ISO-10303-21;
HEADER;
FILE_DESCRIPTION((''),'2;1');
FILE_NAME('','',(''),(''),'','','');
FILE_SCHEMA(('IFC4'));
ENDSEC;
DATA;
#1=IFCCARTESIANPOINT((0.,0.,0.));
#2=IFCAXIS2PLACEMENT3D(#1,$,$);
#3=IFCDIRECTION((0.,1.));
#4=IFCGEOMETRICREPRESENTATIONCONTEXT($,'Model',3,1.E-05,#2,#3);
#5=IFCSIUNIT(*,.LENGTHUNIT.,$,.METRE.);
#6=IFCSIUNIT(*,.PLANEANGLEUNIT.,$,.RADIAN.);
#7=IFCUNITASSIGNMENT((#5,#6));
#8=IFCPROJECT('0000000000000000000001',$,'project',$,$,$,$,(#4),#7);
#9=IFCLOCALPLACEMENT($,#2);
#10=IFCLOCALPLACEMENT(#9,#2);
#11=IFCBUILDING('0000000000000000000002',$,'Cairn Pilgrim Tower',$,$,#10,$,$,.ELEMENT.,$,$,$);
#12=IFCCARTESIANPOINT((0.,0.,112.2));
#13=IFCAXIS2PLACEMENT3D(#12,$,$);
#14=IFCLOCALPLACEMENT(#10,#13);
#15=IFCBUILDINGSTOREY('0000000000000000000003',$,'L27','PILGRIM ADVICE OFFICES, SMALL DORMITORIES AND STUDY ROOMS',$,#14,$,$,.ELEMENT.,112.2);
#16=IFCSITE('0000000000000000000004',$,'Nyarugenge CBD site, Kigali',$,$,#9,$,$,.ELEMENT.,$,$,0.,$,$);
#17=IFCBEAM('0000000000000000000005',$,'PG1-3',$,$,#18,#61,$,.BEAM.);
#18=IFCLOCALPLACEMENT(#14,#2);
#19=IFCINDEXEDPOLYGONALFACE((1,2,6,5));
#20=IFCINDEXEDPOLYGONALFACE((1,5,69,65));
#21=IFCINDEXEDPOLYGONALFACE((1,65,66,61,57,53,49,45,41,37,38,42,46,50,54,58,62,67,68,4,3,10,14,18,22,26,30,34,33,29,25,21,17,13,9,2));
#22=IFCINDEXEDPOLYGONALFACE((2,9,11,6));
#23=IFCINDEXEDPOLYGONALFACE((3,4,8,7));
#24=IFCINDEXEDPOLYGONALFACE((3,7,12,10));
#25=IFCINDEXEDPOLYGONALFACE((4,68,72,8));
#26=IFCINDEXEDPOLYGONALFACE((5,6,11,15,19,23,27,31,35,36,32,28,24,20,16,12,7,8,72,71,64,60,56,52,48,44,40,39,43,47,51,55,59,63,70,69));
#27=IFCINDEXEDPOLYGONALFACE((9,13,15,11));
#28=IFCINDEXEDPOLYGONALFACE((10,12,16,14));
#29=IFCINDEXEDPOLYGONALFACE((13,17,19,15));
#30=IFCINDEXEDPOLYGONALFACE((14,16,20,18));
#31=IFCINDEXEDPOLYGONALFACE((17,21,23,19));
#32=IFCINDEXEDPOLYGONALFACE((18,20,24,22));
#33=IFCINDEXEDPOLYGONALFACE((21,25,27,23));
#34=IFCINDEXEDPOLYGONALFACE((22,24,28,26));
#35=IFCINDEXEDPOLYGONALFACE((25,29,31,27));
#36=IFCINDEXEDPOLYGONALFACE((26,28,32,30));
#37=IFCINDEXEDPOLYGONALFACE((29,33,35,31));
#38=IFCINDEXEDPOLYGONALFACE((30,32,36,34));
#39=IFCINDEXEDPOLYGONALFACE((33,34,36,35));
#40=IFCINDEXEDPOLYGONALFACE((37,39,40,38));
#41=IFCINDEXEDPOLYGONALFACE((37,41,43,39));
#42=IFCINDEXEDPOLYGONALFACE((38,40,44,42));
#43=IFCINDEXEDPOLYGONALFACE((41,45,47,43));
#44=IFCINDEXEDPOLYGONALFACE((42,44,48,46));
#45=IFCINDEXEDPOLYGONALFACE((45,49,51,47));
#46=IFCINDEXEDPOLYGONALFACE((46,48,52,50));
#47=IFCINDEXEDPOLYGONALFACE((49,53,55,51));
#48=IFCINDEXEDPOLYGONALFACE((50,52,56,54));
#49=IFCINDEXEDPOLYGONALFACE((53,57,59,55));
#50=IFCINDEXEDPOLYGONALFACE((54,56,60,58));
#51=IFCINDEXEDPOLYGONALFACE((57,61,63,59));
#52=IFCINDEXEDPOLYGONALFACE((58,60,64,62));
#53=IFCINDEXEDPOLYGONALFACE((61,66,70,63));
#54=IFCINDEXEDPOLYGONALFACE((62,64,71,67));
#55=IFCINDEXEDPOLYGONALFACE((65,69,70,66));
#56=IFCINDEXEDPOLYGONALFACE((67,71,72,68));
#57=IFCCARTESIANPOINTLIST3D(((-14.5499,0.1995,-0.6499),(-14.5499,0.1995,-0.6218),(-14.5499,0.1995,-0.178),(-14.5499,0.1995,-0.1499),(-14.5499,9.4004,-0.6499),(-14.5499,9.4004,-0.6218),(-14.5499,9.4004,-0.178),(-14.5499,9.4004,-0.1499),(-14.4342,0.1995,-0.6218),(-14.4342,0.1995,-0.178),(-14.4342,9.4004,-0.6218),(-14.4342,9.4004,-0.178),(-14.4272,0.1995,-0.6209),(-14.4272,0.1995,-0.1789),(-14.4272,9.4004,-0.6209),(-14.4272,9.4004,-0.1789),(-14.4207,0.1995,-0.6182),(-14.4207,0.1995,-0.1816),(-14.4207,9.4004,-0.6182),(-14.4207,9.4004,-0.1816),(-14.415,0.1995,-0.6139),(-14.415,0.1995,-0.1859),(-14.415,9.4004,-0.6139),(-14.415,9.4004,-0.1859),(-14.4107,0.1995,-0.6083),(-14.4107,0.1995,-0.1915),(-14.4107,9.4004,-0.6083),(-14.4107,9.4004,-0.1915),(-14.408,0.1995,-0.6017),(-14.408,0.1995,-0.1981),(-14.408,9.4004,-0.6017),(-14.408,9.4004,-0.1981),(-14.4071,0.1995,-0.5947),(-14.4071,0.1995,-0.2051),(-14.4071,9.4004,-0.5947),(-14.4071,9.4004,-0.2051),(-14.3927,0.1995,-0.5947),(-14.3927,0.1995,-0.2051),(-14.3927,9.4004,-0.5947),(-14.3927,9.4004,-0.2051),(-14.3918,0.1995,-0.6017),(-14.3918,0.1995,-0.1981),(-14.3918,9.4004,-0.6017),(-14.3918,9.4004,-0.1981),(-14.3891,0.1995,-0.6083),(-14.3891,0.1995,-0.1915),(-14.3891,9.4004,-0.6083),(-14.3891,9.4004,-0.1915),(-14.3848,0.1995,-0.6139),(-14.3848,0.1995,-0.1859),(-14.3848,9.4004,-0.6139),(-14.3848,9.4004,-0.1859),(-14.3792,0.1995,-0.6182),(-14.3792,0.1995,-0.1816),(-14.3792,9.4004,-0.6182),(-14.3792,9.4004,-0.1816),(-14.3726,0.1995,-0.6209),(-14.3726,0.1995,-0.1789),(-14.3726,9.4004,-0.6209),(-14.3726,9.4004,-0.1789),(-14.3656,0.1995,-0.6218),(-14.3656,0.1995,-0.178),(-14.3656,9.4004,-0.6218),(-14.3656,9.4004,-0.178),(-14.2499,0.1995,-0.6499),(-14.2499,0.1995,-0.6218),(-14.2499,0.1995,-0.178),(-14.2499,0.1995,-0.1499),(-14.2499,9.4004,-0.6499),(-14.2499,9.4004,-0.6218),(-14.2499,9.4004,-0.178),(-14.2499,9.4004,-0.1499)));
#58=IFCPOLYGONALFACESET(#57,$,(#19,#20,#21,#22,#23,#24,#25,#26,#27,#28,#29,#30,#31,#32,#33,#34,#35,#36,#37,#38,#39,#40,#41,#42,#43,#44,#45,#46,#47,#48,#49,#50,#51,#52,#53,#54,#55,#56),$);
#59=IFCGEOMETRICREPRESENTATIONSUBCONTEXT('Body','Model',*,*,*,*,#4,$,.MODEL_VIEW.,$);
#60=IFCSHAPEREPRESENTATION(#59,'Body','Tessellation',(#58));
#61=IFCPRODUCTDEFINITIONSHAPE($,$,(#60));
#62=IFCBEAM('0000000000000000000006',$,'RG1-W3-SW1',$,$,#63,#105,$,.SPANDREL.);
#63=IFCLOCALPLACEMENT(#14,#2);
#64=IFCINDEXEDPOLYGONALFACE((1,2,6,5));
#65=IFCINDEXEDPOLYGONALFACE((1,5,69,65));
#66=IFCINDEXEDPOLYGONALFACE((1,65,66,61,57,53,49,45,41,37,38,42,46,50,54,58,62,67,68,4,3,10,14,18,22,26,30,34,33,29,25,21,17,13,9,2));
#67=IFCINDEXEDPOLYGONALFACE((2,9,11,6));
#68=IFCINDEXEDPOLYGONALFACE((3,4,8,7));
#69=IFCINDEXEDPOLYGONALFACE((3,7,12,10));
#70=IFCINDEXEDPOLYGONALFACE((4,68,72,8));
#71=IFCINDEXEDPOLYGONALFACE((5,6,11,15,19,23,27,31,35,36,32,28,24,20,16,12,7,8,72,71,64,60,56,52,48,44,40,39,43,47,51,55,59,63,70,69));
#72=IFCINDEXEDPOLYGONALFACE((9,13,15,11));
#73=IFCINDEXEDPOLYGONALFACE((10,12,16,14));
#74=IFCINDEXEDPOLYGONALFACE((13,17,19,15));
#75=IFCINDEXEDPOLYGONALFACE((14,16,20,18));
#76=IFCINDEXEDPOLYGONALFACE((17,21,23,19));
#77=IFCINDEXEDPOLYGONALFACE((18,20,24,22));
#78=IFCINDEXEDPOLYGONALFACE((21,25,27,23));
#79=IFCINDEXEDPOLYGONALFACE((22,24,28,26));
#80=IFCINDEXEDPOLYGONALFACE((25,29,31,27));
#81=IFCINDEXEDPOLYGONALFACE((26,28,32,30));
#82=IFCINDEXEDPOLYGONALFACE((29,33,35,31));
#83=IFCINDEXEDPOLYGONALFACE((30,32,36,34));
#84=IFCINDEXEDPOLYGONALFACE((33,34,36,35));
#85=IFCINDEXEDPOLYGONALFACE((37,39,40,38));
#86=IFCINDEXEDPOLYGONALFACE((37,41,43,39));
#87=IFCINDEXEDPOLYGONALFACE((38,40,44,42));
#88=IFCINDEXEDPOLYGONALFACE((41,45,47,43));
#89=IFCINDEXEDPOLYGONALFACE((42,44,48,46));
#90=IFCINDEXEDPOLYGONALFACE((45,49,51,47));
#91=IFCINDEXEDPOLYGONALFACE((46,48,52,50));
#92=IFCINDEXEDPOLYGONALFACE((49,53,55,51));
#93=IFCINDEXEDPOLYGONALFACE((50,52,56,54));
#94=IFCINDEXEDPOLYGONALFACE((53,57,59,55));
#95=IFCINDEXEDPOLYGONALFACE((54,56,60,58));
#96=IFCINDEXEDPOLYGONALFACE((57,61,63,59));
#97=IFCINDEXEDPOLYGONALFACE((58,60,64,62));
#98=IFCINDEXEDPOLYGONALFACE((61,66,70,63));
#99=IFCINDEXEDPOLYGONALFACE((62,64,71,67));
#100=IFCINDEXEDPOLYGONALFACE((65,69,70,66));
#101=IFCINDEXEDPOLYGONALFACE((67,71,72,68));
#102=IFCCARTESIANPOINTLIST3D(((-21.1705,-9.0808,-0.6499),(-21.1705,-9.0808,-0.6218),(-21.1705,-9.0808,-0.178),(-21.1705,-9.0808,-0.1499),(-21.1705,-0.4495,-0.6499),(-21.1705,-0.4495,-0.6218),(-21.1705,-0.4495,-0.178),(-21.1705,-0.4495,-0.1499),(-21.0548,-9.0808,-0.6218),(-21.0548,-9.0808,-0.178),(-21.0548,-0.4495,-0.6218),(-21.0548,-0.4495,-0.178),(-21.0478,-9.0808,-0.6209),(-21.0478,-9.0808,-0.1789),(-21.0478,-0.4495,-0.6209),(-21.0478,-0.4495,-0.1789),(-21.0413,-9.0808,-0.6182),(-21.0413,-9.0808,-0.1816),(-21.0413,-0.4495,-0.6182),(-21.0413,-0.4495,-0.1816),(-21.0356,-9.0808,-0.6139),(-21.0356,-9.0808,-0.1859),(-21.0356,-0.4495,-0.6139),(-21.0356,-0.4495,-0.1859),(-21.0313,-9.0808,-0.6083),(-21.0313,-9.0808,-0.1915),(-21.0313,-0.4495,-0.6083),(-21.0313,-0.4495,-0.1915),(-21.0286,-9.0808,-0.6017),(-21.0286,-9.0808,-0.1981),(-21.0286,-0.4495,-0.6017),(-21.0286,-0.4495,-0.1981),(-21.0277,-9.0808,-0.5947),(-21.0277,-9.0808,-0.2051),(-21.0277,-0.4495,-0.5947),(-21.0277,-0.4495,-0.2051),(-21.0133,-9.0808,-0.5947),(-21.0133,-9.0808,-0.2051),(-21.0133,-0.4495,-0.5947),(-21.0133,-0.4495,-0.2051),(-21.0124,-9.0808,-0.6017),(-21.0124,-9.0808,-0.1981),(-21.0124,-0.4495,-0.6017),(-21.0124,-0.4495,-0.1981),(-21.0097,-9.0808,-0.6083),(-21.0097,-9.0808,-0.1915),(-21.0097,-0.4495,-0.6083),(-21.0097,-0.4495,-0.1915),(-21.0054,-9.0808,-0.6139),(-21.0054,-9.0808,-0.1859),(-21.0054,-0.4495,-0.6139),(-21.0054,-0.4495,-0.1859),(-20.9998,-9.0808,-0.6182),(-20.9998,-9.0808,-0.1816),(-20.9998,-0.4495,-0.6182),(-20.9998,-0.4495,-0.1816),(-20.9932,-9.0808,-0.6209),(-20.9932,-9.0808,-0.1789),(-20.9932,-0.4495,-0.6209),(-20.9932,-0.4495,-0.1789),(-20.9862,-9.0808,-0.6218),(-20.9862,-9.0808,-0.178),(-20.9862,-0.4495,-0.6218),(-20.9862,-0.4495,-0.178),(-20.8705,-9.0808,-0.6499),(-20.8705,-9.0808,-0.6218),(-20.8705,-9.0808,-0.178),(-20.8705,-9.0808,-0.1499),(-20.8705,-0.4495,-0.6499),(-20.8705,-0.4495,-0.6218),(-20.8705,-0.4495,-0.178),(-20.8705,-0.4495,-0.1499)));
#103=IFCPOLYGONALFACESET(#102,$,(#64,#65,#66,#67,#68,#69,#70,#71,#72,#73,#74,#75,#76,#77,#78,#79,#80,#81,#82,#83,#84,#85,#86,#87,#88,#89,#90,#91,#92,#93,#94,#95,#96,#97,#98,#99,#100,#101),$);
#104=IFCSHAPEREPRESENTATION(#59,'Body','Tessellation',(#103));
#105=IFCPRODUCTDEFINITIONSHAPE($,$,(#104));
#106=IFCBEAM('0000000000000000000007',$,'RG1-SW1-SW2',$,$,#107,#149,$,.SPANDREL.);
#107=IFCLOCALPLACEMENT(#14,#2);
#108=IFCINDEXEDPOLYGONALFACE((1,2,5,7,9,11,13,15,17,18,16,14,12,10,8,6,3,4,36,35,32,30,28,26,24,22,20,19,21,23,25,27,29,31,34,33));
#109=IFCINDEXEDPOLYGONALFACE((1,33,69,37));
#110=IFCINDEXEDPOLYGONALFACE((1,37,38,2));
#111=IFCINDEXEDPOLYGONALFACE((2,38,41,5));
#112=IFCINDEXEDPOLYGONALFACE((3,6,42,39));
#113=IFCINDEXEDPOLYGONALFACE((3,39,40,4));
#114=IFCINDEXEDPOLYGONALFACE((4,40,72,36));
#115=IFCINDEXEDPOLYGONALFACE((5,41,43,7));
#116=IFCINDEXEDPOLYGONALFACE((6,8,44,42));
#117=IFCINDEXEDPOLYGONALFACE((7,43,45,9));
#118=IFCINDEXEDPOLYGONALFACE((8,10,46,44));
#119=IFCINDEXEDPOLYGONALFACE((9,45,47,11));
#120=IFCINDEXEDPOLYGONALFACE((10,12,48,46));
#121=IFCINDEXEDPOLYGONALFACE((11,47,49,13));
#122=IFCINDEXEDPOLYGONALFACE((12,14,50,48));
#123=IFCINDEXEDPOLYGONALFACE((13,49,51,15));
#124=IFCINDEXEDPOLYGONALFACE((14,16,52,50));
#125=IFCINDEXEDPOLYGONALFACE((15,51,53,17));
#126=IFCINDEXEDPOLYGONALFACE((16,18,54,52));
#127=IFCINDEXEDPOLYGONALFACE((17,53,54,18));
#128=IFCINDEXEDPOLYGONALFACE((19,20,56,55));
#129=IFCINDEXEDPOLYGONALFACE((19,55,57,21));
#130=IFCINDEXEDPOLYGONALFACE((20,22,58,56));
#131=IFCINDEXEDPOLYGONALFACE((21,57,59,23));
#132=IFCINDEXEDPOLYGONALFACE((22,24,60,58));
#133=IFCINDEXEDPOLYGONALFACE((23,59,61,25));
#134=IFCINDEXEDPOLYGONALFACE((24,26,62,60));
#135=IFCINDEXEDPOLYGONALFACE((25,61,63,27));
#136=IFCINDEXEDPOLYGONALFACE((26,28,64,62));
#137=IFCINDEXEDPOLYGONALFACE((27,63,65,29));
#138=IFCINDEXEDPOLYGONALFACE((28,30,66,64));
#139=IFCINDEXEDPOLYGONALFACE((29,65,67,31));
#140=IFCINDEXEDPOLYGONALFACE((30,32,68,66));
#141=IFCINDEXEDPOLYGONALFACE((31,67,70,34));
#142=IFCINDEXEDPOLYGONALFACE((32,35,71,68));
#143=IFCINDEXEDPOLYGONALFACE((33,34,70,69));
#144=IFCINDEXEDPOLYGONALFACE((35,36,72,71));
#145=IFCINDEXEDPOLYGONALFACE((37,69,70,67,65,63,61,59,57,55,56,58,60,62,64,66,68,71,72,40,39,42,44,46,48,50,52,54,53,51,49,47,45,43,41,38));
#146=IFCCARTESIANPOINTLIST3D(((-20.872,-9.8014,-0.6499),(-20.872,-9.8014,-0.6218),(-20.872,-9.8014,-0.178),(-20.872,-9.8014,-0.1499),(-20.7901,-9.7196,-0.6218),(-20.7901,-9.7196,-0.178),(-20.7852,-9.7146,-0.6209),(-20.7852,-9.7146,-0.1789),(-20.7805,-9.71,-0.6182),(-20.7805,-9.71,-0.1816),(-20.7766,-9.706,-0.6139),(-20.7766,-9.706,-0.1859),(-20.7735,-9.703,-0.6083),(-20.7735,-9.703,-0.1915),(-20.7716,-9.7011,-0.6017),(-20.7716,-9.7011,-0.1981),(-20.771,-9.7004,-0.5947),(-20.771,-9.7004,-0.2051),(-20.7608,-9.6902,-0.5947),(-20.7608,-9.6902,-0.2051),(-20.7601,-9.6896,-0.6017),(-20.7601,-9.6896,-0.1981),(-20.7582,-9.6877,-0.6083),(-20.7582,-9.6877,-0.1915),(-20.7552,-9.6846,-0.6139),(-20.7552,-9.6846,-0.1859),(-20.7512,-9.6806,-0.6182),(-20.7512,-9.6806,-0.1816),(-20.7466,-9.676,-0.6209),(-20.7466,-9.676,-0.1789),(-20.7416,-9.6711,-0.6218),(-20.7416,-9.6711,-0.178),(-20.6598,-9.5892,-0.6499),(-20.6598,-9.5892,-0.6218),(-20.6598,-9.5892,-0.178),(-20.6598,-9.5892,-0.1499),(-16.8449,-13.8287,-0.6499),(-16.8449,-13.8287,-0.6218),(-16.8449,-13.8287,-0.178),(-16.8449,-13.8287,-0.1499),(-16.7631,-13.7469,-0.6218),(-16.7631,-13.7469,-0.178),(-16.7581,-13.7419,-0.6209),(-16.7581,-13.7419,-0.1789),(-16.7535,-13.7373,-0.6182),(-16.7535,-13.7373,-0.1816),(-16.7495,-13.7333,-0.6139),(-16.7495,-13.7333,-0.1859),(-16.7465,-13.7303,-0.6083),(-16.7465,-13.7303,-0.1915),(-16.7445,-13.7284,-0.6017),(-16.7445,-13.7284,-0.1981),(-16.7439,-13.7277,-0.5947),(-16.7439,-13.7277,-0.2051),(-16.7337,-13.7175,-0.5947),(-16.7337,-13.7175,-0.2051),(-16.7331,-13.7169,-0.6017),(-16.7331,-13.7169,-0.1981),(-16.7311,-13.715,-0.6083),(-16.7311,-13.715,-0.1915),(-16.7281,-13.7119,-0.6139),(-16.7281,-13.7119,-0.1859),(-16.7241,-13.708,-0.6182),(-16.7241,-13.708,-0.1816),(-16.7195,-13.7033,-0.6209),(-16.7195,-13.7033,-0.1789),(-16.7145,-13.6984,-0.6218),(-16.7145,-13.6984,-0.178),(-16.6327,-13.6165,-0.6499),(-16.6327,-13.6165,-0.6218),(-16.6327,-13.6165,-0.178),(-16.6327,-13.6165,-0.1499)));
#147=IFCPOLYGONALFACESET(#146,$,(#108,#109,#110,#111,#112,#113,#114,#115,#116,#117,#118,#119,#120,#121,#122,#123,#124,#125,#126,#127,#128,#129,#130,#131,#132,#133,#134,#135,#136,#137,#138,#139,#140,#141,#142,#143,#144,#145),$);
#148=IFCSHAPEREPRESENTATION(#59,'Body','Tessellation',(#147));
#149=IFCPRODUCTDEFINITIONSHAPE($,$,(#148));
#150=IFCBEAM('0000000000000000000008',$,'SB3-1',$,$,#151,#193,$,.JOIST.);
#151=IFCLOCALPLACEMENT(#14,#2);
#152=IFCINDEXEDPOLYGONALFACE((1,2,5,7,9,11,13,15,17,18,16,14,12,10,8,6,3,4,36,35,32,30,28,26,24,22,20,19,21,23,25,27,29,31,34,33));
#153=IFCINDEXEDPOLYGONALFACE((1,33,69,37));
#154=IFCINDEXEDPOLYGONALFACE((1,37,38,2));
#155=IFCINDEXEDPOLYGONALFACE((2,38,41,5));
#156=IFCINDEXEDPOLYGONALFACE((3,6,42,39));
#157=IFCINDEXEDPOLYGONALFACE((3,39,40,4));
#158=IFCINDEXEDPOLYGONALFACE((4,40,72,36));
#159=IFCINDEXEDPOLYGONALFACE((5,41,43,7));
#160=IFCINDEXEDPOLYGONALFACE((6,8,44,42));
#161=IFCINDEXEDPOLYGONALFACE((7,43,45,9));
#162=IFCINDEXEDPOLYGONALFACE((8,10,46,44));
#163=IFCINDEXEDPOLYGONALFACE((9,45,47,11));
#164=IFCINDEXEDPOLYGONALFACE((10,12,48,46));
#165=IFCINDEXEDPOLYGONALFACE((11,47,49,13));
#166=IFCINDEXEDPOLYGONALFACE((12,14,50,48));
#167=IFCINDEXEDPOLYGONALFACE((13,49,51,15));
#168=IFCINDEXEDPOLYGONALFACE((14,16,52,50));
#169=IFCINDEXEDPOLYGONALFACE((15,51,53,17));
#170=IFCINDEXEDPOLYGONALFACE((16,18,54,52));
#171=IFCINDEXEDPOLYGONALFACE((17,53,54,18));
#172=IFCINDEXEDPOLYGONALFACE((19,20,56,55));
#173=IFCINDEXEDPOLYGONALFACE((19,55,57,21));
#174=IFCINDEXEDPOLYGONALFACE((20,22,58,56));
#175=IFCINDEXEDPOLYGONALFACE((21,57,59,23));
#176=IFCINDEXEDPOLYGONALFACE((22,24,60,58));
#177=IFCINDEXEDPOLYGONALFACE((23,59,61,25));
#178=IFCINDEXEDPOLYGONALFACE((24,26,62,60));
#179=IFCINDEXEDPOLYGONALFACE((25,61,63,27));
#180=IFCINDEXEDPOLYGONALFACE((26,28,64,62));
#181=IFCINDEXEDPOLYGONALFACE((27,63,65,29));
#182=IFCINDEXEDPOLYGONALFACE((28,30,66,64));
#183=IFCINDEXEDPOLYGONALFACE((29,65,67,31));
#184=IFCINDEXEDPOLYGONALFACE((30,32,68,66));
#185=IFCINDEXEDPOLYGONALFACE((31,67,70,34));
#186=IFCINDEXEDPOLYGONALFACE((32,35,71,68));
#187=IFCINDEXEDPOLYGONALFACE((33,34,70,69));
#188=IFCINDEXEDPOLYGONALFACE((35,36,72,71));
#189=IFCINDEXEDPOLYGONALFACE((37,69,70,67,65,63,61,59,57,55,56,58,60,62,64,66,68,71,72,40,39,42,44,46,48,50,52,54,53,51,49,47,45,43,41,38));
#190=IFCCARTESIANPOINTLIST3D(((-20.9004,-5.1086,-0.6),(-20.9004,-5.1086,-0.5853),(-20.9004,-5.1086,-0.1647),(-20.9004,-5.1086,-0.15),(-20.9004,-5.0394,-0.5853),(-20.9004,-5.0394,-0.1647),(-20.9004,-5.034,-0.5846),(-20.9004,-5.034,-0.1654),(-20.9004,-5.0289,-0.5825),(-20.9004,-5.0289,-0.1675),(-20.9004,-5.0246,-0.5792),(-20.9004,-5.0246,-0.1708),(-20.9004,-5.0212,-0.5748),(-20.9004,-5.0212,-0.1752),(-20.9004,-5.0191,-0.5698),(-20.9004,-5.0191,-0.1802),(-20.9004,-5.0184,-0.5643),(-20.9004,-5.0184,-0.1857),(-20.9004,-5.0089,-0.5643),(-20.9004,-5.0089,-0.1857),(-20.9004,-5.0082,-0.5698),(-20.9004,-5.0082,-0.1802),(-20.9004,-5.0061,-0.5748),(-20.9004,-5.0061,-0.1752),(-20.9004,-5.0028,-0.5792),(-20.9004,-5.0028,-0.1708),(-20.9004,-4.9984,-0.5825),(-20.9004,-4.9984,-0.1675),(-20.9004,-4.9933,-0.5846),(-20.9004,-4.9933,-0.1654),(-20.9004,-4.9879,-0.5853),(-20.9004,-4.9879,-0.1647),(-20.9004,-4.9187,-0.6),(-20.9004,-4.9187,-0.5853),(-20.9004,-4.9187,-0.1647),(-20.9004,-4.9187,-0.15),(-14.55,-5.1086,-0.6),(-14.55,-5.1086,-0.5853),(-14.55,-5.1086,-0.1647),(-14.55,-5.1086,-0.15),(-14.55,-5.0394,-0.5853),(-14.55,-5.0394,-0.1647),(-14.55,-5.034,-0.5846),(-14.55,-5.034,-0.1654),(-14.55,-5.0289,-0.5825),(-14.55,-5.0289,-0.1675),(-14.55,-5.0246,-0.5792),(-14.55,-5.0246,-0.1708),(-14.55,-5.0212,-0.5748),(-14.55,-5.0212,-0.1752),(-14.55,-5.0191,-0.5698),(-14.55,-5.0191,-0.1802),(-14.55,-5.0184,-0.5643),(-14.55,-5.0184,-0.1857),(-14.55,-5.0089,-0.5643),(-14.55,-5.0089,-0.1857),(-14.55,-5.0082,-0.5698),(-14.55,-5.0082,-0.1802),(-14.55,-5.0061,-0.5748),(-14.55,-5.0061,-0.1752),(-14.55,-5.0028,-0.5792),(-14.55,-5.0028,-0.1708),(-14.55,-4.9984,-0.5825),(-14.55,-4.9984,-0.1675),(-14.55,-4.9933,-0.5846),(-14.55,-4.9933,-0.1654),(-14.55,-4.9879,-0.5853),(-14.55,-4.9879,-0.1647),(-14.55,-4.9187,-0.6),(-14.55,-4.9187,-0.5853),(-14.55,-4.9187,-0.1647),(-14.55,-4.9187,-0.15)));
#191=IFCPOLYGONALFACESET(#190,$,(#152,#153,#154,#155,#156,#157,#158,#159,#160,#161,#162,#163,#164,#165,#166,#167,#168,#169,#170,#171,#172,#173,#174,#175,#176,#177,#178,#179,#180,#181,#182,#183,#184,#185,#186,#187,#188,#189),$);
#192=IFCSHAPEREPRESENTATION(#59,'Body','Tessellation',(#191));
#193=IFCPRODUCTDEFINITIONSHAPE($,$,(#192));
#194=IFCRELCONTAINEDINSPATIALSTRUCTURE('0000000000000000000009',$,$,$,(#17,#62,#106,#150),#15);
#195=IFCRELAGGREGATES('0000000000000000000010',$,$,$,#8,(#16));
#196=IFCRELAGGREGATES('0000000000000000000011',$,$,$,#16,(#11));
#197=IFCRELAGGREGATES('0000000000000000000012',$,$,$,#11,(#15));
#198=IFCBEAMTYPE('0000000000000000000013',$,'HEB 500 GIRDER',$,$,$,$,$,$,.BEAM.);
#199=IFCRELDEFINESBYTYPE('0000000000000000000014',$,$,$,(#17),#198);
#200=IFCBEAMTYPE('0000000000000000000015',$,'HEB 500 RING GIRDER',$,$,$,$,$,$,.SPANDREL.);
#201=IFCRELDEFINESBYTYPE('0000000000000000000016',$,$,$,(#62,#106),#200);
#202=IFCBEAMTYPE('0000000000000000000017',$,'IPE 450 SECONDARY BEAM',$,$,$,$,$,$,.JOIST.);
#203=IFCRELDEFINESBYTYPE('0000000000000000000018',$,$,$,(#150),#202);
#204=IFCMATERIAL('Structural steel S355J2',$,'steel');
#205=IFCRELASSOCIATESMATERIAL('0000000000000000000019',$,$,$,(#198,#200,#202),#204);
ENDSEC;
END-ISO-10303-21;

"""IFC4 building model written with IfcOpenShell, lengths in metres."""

from ifc_helpers import new_model, si_unit, direction, frame, origin, origin_2d, place, context, subcontext, project, spatial, i_section, extrude, material, material_profile, profile_set, type_object, element, save


model = new_model("IFC4")

# Units and contexts
model_context = context("Model", 3, precision=1e-05, world=origin(), true_north=direction((0.0, 1.0)))
body_context = subcontext(model_context, "Body", "Model", "MODEL_VIEW")
ifc_project = project(units=[si_unit("LENGTHUNIT", "METRE"), si_unit("PLANEANGLEUNIT", "RADIAN")], contexts=[model_context])

# Site, building, storey
site_placement = place(None, origin())
site = spatial("IfcSite", under=ifc_project, at=site_placement, Name="Nyarugenge CBD site, Kigali", CompositionType="ELEMENT", RefElevation=0.0)
building_placement = place(site_placement, origin())
building = spatial("IfcBuilding", under=site, at=building_placement, Name="Cairn Pilgrim Tower", CompositionType="ELEMENT")
storey_placement = place(building_placement, frame((0.0, 0.0, 112.2)))
storey = spatial("IfcBuildingStorey", under=building, at=storey_placement, Name="L27", Description="PILGRIM ADVICE OFFICES, SMALL DORMITORIES AND STUDY ROOMS", CompositionType="ELEMENT", Elevation=112.2)

# Shared definitions
ifc_material_1 = material(Name="Structural steel S355J2", Category="steel")

# Beams
ifc_material_profile_1 = material_profile(ifc_material_1, i_section(OverallWidth=0.3, OverallDepth=0.5, WebThickness=0.0144, FlangeThickness=0.0281, FilletRadius=0.0271, at=origin_2d()), Name="HEB 500")
ifc_profile_set_1 = profile_set([ifc_material_profile_1], Name="Structural steel S355J2")
beam_type_1 = type_object("IfcBeamType", Name="HEB 500 GIRDER", PredefinedType="BEAM", material=ifc_profile_set_1)
for number, where, z_axis, x_axis, name in (
    (1, (-14.3999, 0.1995, -0.3999), (0.0, 1.0, 0.0), (-1.0, 0.0, 0.0), "PG1-3"),
):
    element("IfcBeam", number, at=place(storey_placement, frame(where, z_axis=z_axis, x_axis=x_axis)), inside=storey, type_object=beam_type_1, Name=name, PredefinedType="BEAM", context=body_context, shape_type="SweptSolid", body=[
        extrude(i_section(OverallWidth=0.3, OverallDepth=0.5, WebThickness=0.0144, FlangeThickness=0.0281, FilletRadius=0.0271, at=origin_2d()), origin(), (0.0, 0.0, 1.0), 9.2009),
    ])
ifc_material_profile_2 = material_profile(ifc_material_1, i_section(OverallWidth=0.3, OverallDepth=0.5, WebThickness=0.0144, FlangeThickness=0.0281, FilletRadius=0.0271, at=origin_2d()), Name="HEB 500")
ifc_profile_set_2 = profile_set([ifc_material_profile_2], Name="Structural steel S355J2")
beam_type_2 = type_object("IfcBeamType", Name="HEB 500 RING GIRDER", PredefinedType="SPANDREL", material=ifc_profile_set_2)
beam_1_placement = place(storey_placement, frame((-21.0205, -0.4495, -0.3999), z_axis=(0.0, -1.0, 0.0), x_axis=(1.0, 0.0, 0.0)))
element("IfcBeam", 2, at=beam_1_placement, inside=storey, type_object=beam_type_2, Name="RG1-W3-SW1", PredefinedType="SPANDREL", context=body_context, shape_type="SweptSolid", body=[
    extrude(i_section(OverallWidth=0.3, OverallDepth=0.5, WebThickness=0.0144, FlangeThickness=0.0281, FilletRadius=0.0271, at=origin_2d()), origin(), (0.0, 0.0, 1.0), 8.6313),
])
beam_2_placement = place(storey_placement, frame((-20.7659, -9.6953, -0.3999), z_axis=(0.707085, -0.707128, 0.0), x_axis=(0.707128, 0.707085, 0.0)))
element("IfcBeam", 3, at=beam_2_placement, inside=storey, type_object=beam_type_2, Name="RG1-SW1-SW2", PredefinedType="SPANDREL", context=body_context, shape_type="SweptSolid", body=[
    extrude(i_section(OverallWidth=0.3, OverallDepth=0.5, WebThickness=0.0144, FlangeThickness=0.0281, FilletRadius=0.0271, at=origin_2d()), origin(), (0.0, 0.0, 1.0), 5.6953),
])
ifc_material_profile_3 = material_profile(ifc_material_1, i_section(OverallWidth=0.1899, OverallDepth=0.45, WebThickness=0.0095, FlangeThickness=0.0146, FilletRadius=0.021, at=origin_2d()), Name="IPE 450")
ifc_profile_set_3 = profile_set([ifc_material_profile_3], Name="Structural steel S355J2")
beam_type_3 = type_object("IfcBeamType", Name="IPE 450 SECONDARY BEAM", PredefinedType="JOIST", material=ifc_profile_set_3)
for number, where, z_axis, x_axis, name in (
    (4, (-20.9004, -5.0137, -0.375), (1.0, 0.0, 0.0), (0.0, 1.0, 0.0), "SB3-1"),
):
    element("IfcBeam", number, at=place(storey_placement, frame(where, z_axis=z_axis, x_axis=x_axis)), inside=storey, type_object=beam_type_3, Name=name, PredefinedType="JOIST", context=body_context, shape_type="SweptSolid", body=[
        extrude(i_section(OverallWidth=0.1899, OverallDepth=0.45, WebThickness=0.0095, FlangeThickness=0.0146, FilletRadius=0.021, at=origin_2d()), origin(), (0.0, 0.0, 1.0), 6.3503),
    ])

save(model, "model.ifc")
